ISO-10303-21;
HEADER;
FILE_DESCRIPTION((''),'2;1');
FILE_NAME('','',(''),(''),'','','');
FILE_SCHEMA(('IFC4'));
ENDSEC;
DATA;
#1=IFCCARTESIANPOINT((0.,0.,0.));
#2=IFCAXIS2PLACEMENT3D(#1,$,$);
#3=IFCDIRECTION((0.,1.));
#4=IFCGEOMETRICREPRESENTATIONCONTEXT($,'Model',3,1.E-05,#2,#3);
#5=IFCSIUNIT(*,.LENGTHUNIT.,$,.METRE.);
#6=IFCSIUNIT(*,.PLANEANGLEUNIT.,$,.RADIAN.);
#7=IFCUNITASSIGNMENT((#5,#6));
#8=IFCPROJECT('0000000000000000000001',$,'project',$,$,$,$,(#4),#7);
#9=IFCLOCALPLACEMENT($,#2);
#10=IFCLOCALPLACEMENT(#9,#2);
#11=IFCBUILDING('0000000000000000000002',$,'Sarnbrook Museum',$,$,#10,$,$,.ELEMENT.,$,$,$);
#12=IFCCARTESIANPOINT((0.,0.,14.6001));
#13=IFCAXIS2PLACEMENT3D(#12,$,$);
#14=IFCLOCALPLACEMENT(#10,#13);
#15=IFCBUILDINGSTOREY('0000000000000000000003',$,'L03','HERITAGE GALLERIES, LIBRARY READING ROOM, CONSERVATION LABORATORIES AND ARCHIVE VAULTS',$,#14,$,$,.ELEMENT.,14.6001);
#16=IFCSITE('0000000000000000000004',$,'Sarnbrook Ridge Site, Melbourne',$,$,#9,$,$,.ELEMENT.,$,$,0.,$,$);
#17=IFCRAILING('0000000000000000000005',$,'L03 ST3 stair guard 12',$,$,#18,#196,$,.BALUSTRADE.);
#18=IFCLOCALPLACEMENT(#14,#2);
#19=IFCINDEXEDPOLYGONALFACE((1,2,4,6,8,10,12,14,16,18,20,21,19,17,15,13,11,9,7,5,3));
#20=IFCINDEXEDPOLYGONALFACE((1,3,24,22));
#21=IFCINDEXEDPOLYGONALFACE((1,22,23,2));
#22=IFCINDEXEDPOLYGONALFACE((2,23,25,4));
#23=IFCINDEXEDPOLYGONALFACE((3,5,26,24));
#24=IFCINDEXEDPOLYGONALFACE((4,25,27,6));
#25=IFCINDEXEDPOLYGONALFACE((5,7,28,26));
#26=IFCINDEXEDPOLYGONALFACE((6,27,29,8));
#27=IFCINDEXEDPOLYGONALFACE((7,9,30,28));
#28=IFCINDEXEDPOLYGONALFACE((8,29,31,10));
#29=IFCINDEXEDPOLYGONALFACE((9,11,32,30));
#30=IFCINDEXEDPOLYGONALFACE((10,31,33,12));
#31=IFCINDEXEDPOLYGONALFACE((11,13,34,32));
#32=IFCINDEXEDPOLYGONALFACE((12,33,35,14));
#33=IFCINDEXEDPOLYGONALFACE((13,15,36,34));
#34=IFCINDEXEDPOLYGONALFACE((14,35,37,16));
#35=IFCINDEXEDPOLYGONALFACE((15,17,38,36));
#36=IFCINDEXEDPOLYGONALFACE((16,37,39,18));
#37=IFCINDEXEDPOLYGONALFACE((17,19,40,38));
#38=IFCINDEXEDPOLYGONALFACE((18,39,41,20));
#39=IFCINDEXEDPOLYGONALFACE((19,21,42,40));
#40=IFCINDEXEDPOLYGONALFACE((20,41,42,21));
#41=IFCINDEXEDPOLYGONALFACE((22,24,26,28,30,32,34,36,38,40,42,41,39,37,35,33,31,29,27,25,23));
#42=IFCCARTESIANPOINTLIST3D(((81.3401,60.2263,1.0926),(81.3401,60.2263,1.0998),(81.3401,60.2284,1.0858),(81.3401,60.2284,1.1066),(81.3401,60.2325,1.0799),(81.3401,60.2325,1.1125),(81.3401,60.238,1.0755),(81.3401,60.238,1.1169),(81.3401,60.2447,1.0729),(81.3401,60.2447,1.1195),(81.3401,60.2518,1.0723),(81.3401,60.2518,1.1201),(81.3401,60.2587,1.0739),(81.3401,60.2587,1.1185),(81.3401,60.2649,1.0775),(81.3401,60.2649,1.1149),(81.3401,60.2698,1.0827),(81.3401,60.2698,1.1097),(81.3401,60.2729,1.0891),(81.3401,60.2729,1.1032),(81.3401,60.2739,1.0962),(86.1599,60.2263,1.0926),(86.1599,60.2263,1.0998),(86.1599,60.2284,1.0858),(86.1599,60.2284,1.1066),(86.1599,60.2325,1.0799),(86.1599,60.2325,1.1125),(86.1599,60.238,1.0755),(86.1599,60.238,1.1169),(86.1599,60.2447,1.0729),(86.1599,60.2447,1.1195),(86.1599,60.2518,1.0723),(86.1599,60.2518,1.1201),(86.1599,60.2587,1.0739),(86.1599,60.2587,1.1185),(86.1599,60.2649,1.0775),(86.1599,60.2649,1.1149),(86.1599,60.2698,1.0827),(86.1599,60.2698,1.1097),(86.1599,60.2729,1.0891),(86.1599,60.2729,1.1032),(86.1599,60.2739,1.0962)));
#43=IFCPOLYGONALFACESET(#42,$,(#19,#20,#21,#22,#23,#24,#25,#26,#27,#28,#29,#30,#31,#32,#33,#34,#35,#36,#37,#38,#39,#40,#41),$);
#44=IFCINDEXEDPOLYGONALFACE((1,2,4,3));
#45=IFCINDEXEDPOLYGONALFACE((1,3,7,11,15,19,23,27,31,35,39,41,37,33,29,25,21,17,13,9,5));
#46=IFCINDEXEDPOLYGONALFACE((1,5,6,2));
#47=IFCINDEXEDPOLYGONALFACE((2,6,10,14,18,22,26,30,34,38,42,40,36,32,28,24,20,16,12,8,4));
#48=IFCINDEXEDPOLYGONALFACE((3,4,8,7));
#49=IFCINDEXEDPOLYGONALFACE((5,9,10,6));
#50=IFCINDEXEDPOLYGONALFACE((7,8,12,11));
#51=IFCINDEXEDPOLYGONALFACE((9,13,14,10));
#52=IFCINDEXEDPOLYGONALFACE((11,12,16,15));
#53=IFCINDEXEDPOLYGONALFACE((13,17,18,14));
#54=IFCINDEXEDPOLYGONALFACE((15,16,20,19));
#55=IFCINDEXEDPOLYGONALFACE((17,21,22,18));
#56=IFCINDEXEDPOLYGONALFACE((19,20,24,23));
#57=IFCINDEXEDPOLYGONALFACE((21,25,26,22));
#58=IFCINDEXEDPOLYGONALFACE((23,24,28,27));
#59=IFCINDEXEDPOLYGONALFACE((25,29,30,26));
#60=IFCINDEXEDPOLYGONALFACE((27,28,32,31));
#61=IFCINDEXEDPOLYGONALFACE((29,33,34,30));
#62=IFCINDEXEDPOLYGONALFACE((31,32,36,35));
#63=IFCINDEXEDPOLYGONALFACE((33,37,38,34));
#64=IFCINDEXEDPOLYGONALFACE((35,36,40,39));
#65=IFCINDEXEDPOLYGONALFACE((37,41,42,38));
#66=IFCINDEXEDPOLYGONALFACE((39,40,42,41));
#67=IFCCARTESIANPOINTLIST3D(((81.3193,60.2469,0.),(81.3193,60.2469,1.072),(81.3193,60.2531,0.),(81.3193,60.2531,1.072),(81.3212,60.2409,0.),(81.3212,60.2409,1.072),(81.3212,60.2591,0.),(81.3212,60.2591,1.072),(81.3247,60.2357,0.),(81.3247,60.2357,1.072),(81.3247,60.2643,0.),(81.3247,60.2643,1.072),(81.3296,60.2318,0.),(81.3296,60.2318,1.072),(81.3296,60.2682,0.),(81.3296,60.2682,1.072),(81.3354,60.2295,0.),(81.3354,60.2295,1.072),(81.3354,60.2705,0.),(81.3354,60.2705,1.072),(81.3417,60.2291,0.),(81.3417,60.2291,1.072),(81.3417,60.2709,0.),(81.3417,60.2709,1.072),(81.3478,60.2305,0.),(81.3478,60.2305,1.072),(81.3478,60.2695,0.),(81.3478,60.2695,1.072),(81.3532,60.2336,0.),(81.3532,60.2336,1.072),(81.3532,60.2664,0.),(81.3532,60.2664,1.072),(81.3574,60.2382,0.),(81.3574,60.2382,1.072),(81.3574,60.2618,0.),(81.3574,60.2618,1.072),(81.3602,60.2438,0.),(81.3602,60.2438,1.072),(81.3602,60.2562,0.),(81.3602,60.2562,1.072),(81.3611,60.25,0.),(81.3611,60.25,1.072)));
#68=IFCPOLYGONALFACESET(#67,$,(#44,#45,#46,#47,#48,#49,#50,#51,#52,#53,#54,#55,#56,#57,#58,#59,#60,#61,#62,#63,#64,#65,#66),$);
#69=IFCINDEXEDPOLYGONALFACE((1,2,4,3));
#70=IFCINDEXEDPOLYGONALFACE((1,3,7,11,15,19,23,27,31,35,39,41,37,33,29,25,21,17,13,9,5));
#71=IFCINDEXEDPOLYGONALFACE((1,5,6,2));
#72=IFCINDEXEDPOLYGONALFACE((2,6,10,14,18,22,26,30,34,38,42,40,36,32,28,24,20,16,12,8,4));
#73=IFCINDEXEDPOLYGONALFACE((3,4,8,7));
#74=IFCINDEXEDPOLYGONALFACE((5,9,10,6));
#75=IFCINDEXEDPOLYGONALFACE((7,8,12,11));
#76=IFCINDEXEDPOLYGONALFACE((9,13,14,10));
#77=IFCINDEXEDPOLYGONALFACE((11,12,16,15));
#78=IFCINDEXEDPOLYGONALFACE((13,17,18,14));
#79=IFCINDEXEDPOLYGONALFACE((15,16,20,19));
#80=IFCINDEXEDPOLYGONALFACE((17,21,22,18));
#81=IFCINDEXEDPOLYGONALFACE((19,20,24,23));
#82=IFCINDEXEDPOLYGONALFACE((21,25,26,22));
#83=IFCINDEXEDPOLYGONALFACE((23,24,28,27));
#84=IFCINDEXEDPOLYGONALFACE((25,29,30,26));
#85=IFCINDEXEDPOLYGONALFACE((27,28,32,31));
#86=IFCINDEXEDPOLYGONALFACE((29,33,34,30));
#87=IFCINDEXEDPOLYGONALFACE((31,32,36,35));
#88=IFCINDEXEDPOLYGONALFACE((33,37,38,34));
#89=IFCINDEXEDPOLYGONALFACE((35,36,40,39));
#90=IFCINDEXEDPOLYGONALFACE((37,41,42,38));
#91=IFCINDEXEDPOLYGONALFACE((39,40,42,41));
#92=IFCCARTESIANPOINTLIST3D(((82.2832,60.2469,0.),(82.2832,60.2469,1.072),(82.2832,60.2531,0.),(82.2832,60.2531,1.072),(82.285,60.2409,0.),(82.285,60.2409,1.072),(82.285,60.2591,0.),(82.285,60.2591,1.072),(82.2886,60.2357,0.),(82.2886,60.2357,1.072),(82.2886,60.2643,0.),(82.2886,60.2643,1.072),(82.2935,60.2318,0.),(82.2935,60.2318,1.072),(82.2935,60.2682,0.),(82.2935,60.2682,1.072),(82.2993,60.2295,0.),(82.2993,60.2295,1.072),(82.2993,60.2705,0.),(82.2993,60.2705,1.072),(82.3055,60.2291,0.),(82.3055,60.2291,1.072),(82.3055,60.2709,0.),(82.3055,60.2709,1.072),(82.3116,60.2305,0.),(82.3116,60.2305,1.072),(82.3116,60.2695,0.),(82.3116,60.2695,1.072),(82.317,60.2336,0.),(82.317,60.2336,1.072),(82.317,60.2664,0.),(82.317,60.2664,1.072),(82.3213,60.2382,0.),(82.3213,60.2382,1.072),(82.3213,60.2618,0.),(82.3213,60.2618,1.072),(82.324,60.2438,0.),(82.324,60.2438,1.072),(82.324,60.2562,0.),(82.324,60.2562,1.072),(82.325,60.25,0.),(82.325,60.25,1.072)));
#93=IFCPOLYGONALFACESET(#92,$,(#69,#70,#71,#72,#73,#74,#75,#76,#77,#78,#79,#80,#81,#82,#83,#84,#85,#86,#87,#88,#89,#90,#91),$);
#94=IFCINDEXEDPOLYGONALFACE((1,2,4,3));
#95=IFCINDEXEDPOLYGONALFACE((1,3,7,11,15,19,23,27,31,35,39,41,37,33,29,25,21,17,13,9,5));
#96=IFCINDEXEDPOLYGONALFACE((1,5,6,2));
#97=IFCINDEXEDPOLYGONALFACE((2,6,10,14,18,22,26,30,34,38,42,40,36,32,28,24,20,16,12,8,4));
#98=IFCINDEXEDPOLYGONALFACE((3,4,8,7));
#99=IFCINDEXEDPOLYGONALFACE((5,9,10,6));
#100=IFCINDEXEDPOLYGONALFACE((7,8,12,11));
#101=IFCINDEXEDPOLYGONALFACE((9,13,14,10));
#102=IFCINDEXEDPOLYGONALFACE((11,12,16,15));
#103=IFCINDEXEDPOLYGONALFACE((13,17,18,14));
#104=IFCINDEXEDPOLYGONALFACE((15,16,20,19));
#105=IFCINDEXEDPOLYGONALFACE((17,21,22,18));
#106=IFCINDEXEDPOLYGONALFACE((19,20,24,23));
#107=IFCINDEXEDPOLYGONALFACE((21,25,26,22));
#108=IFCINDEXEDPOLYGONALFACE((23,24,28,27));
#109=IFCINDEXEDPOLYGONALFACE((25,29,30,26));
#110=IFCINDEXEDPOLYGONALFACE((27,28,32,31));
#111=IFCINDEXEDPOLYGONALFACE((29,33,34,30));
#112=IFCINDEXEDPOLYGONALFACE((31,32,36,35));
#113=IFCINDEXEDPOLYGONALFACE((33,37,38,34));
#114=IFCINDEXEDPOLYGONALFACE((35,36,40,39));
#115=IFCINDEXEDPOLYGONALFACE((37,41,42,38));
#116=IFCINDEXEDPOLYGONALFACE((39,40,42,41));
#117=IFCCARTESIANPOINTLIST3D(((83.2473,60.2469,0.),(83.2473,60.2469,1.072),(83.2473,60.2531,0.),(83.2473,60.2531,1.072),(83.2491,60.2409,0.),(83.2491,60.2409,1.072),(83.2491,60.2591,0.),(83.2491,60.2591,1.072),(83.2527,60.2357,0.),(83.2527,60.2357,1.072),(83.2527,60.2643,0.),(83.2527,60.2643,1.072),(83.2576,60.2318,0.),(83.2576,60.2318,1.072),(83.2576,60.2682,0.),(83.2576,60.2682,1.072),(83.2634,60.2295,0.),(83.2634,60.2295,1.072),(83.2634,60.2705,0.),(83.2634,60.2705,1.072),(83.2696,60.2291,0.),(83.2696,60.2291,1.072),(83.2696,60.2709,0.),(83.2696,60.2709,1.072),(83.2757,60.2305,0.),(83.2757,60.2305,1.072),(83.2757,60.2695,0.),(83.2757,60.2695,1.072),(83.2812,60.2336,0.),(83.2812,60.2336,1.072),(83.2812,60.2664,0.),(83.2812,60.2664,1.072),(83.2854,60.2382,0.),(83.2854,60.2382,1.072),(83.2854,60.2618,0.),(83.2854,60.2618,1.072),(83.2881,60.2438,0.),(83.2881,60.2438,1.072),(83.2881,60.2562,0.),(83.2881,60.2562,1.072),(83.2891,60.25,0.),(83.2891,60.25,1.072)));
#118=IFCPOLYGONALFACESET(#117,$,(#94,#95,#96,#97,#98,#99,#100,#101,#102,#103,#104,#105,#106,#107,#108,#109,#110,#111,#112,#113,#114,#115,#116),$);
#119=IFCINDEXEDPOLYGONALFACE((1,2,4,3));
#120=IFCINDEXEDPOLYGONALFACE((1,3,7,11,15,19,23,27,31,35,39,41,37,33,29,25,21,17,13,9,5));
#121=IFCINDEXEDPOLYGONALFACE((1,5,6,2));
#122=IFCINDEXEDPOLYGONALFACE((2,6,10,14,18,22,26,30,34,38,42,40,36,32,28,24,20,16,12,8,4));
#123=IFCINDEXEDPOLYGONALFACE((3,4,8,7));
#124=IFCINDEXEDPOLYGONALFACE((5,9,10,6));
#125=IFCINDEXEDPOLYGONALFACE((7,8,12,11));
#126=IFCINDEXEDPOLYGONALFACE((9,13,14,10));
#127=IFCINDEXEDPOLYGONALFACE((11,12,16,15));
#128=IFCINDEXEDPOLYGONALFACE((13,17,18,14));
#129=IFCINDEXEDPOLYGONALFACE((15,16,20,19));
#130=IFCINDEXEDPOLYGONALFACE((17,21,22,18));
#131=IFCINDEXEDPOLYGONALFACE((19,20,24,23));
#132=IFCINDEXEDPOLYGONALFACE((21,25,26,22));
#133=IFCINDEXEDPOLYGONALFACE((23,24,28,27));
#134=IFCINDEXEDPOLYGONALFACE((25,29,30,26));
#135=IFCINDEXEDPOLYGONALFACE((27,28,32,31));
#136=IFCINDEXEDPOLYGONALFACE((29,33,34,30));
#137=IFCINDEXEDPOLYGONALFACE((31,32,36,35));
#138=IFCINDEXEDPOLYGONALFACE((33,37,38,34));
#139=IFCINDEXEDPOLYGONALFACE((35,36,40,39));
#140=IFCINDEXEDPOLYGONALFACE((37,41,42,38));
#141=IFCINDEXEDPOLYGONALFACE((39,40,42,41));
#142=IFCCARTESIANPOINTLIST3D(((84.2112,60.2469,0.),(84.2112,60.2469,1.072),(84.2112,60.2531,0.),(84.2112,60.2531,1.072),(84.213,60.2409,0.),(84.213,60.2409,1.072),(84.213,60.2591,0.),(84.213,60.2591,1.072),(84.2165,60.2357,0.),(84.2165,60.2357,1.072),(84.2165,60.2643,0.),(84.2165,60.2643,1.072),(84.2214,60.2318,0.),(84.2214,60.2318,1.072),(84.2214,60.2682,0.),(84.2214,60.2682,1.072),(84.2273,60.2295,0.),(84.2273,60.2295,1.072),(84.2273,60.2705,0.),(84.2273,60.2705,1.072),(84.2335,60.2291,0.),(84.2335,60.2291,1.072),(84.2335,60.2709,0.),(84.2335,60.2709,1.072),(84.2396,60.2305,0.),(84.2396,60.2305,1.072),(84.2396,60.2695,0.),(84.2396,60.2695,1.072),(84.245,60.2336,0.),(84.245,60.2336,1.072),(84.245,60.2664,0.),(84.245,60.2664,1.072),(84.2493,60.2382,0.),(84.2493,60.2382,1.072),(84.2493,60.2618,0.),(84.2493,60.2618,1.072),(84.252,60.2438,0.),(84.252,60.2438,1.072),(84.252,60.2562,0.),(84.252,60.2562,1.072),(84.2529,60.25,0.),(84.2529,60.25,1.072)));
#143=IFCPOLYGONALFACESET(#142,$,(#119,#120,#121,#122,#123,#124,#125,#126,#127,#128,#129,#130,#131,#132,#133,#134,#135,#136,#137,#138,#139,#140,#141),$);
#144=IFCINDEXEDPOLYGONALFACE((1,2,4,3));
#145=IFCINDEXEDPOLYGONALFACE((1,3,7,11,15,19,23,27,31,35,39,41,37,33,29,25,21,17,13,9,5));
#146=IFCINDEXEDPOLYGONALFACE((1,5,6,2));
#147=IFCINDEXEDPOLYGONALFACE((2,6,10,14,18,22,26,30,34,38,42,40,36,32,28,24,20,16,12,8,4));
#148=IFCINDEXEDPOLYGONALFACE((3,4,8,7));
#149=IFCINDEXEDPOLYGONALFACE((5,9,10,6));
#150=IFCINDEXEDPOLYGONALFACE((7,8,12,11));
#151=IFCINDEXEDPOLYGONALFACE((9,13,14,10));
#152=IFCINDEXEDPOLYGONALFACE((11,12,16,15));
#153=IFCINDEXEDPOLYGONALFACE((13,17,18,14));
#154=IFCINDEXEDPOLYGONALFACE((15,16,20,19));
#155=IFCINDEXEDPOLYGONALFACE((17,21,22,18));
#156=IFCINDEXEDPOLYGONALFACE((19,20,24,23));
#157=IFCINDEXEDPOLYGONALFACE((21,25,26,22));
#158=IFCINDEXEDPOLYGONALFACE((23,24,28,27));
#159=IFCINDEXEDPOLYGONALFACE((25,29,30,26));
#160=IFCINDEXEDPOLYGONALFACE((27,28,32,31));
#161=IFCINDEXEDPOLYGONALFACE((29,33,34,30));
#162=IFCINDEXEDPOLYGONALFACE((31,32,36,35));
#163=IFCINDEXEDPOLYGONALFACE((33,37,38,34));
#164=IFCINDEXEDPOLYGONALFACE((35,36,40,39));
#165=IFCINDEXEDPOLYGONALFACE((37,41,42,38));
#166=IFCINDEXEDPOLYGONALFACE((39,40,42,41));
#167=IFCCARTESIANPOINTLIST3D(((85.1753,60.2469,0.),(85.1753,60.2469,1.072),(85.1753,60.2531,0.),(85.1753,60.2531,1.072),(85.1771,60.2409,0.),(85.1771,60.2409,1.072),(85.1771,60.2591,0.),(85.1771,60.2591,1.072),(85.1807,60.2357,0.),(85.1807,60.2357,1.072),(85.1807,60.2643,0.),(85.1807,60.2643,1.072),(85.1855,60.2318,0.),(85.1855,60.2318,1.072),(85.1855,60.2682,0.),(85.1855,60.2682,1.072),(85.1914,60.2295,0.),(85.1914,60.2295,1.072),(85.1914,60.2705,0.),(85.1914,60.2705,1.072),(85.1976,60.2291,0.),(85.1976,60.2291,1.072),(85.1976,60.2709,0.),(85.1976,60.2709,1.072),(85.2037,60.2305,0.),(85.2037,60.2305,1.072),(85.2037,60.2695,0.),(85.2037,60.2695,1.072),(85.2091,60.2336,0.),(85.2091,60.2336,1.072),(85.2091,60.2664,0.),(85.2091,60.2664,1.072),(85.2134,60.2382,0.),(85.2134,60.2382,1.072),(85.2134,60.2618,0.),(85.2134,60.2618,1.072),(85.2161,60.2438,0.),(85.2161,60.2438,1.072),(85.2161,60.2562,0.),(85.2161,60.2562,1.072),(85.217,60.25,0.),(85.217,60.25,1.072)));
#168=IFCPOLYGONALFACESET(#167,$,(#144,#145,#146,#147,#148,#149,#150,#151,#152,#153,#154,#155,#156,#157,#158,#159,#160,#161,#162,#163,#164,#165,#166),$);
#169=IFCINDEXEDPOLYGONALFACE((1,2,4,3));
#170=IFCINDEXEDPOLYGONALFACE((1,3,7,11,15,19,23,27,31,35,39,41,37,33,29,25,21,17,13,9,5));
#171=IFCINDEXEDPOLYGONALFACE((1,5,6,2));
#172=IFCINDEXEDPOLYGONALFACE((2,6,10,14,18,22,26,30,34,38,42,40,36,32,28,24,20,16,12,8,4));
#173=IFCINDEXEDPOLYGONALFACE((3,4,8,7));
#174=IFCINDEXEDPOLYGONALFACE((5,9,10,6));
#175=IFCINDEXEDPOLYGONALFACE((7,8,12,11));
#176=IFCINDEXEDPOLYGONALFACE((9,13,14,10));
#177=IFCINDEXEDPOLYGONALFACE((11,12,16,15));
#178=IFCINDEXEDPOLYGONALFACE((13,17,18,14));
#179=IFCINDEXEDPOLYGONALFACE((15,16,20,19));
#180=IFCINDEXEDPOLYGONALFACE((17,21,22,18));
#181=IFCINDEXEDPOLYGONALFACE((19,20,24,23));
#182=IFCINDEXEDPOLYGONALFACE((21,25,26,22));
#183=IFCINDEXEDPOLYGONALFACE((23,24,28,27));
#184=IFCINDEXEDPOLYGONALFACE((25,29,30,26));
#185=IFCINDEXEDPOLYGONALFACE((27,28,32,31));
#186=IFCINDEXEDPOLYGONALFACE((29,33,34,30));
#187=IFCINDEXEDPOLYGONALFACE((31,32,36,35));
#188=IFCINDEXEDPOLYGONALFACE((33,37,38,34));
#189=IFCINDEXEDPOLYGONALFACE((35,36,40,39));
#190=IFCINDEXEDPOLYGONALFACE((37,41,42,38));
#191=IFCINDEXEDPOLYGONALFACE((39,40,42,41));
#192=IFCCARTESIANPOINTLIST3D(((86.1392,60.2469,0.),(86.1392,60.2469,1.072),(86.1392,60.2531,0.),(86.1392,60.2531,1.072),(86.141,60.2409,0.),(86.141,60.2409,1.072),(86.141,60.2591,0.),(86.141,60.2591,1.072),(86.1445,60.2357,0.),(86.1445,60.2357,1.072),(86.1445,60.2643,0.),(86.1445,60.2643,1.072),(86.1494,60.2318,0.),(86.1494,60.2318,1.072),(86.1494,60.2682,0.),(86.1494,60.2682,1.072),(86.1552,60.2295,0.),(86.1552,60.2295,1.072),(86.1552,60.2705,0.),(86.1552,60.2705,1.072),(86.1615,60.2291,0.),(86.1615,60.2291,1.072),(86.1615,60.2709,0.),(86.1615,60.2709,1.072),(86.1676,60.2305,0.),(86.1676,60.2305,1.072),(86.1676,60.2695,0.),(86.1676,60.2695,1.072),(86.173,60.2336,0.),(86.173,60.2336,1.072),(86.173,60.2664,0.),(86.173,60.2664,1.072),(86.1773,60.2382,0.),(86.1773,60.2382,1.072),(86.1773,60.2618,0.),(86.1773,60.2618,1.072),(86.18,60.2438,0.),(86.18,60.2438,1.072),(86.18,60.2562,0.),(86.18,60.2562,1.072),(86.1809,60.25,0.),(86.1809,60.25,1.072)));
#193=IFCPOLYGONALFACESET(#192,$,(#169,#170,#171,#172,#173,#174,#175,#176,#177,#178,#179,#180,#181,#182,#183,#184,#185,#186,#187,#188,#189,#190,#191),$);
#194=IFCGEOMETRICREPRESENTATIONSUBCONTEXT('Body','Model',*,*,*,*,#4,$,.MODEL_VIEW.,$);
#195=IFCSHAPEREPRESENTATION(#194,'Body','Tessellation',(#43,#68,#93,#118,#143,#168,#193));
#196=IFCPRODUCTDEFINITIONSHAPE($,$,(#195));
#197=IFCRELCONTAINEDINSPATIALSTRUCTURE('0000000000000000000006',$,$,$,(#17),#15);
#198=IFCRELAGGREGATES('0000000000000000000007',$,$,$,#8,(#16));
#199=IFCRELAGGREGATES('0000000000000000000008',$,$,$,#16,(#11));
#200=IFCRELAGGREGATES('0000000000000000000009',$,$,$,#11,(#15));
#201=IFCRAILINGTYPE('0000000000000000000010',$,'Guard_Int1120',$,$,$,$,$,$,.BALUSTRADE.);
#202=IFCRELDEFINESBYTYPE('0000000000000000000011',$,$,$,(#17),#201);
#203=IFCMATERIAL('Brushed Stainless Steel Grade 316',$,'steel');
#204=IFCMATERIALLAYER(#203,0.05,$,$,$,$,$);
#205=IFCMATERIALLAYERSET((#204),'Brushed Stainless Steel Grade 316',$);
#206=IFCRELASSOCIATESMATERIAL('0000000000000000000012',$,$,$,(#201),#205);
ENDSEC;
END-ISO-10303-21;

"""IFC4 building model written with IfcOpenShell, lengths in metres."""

from ifc_helpers import new_model, si_unit, direction, frame, origin, origin_2d, place, context, subcontext, project, spatial, circle, extrude, material, layer, layer_set, type_object, element, save


model = new_model("IFC4")

# Units and contexts
model_context = context("Model", 3, precision=1e-05, world=origin(), true_north=direction((0.0, 1.0)))
body_context = subcontext(model_context, "Body", "Model", "MODEL_VIEW")
ifc_project = project(units=[si_unit("LENGTHUNIT", "METRE"), si_unit("PLANEANGLEUNIT", "RADIAN")], contexts=[model_context])

# Site, building, storey
site_placement = place(None, origin())
site = spatial("IfcSite", under=ifc_project, at=site_placement, Name="Sarnbrook Ridge Site, Melbourne", CompositionType="ELEMENT", RefElevation=0.0)
building_placement = place(site_placement, origin())
building = spatial("IfcBuilding", under=site, at=building_placement, Name="Sarnbrook Museum", CompositionType="ELEMENT")
storey_placement = place(building_placement, frame((0.0, 0.0, 14.6001)))
storey = spatial("IfcBuildingStorey", under=building, at=storey_placement, Name="L03", Description="HERITAGE GALLERIES, LIBRARY READING ROOM, CONSERVATION LABORATORIES AND ARCHIVE VAULTS", CompositionType="ELEMENT", Elevation=14.6001)

# Shared definitions
ifc_material_1 = material(Name="Brushed Stainless Steel Grade 316", Category="steel")

# Railing
ifc_layer_1 = layer(ifc_material_1, 0.05)
ifc_layer_set_1 = layer_set([ifc_layer_1], Name="Brushed Stainless Steel Grade 316")
railing_type = type_object("IfcRailingType", Name="Guard_Int1120", PredefinedType="BALUSTRADE", material=ifc_layer_set_1)
railing_1_placement = place(storey_placement, frame((81.3401, 60.25, 0.0)))
element("IfcRailing", 1, at=railing_1_placement, inside=storey, type_object=railing_type, Name="L03 ST3 stair guard 12", PredefinedType="BALUSTRADE", context=body_context, shape_type="SweptSolid", body=[
    extrude(circle(Radius=0.0239, at=origin_2d()), frame((0.0, 0.0, 1.0962), z_axis=(1.0, 0.0, 0.0), x_axis=(0.0, 1.0, 0.0)), (0.0, 0.0, 1.0), 4.8198),
    extrude(circle(Radius=0.021, at=origin_2d()), origin(), (0.0, 0.0, 1.0), 1.072),
    extrude(circle(Radius=0.021, at=origin_2d()), frame((0.9639, 0.0, 0.0)), (0.0, 0.0, 1.0), 1.072),
    extrude(circle(Radius=0.021, at=origin_2d()), frame((1.928, 0.0, 0.0)), (0.0, 0.0, 1.0), 1.072),
    extrude(circle(Radius=0.021, at=origin_2d()), frame((2.8918, 0.0, 0.0)), (0.0, 0.0, 1.0), 1.072),
    extrude(circle(Radius=0.021, at=origin_2d()), frame((3.856, 0.0, 0.0)), (0.0, 0.0, 1.0), 1.072),
    extrude(circle(Radius=0.021, at=origin_2d()), frame((4.8198, 0.0, 0.0)), (0.0, 0.0, 1.0), 1.072),
])

save(model, "model.ifc")
